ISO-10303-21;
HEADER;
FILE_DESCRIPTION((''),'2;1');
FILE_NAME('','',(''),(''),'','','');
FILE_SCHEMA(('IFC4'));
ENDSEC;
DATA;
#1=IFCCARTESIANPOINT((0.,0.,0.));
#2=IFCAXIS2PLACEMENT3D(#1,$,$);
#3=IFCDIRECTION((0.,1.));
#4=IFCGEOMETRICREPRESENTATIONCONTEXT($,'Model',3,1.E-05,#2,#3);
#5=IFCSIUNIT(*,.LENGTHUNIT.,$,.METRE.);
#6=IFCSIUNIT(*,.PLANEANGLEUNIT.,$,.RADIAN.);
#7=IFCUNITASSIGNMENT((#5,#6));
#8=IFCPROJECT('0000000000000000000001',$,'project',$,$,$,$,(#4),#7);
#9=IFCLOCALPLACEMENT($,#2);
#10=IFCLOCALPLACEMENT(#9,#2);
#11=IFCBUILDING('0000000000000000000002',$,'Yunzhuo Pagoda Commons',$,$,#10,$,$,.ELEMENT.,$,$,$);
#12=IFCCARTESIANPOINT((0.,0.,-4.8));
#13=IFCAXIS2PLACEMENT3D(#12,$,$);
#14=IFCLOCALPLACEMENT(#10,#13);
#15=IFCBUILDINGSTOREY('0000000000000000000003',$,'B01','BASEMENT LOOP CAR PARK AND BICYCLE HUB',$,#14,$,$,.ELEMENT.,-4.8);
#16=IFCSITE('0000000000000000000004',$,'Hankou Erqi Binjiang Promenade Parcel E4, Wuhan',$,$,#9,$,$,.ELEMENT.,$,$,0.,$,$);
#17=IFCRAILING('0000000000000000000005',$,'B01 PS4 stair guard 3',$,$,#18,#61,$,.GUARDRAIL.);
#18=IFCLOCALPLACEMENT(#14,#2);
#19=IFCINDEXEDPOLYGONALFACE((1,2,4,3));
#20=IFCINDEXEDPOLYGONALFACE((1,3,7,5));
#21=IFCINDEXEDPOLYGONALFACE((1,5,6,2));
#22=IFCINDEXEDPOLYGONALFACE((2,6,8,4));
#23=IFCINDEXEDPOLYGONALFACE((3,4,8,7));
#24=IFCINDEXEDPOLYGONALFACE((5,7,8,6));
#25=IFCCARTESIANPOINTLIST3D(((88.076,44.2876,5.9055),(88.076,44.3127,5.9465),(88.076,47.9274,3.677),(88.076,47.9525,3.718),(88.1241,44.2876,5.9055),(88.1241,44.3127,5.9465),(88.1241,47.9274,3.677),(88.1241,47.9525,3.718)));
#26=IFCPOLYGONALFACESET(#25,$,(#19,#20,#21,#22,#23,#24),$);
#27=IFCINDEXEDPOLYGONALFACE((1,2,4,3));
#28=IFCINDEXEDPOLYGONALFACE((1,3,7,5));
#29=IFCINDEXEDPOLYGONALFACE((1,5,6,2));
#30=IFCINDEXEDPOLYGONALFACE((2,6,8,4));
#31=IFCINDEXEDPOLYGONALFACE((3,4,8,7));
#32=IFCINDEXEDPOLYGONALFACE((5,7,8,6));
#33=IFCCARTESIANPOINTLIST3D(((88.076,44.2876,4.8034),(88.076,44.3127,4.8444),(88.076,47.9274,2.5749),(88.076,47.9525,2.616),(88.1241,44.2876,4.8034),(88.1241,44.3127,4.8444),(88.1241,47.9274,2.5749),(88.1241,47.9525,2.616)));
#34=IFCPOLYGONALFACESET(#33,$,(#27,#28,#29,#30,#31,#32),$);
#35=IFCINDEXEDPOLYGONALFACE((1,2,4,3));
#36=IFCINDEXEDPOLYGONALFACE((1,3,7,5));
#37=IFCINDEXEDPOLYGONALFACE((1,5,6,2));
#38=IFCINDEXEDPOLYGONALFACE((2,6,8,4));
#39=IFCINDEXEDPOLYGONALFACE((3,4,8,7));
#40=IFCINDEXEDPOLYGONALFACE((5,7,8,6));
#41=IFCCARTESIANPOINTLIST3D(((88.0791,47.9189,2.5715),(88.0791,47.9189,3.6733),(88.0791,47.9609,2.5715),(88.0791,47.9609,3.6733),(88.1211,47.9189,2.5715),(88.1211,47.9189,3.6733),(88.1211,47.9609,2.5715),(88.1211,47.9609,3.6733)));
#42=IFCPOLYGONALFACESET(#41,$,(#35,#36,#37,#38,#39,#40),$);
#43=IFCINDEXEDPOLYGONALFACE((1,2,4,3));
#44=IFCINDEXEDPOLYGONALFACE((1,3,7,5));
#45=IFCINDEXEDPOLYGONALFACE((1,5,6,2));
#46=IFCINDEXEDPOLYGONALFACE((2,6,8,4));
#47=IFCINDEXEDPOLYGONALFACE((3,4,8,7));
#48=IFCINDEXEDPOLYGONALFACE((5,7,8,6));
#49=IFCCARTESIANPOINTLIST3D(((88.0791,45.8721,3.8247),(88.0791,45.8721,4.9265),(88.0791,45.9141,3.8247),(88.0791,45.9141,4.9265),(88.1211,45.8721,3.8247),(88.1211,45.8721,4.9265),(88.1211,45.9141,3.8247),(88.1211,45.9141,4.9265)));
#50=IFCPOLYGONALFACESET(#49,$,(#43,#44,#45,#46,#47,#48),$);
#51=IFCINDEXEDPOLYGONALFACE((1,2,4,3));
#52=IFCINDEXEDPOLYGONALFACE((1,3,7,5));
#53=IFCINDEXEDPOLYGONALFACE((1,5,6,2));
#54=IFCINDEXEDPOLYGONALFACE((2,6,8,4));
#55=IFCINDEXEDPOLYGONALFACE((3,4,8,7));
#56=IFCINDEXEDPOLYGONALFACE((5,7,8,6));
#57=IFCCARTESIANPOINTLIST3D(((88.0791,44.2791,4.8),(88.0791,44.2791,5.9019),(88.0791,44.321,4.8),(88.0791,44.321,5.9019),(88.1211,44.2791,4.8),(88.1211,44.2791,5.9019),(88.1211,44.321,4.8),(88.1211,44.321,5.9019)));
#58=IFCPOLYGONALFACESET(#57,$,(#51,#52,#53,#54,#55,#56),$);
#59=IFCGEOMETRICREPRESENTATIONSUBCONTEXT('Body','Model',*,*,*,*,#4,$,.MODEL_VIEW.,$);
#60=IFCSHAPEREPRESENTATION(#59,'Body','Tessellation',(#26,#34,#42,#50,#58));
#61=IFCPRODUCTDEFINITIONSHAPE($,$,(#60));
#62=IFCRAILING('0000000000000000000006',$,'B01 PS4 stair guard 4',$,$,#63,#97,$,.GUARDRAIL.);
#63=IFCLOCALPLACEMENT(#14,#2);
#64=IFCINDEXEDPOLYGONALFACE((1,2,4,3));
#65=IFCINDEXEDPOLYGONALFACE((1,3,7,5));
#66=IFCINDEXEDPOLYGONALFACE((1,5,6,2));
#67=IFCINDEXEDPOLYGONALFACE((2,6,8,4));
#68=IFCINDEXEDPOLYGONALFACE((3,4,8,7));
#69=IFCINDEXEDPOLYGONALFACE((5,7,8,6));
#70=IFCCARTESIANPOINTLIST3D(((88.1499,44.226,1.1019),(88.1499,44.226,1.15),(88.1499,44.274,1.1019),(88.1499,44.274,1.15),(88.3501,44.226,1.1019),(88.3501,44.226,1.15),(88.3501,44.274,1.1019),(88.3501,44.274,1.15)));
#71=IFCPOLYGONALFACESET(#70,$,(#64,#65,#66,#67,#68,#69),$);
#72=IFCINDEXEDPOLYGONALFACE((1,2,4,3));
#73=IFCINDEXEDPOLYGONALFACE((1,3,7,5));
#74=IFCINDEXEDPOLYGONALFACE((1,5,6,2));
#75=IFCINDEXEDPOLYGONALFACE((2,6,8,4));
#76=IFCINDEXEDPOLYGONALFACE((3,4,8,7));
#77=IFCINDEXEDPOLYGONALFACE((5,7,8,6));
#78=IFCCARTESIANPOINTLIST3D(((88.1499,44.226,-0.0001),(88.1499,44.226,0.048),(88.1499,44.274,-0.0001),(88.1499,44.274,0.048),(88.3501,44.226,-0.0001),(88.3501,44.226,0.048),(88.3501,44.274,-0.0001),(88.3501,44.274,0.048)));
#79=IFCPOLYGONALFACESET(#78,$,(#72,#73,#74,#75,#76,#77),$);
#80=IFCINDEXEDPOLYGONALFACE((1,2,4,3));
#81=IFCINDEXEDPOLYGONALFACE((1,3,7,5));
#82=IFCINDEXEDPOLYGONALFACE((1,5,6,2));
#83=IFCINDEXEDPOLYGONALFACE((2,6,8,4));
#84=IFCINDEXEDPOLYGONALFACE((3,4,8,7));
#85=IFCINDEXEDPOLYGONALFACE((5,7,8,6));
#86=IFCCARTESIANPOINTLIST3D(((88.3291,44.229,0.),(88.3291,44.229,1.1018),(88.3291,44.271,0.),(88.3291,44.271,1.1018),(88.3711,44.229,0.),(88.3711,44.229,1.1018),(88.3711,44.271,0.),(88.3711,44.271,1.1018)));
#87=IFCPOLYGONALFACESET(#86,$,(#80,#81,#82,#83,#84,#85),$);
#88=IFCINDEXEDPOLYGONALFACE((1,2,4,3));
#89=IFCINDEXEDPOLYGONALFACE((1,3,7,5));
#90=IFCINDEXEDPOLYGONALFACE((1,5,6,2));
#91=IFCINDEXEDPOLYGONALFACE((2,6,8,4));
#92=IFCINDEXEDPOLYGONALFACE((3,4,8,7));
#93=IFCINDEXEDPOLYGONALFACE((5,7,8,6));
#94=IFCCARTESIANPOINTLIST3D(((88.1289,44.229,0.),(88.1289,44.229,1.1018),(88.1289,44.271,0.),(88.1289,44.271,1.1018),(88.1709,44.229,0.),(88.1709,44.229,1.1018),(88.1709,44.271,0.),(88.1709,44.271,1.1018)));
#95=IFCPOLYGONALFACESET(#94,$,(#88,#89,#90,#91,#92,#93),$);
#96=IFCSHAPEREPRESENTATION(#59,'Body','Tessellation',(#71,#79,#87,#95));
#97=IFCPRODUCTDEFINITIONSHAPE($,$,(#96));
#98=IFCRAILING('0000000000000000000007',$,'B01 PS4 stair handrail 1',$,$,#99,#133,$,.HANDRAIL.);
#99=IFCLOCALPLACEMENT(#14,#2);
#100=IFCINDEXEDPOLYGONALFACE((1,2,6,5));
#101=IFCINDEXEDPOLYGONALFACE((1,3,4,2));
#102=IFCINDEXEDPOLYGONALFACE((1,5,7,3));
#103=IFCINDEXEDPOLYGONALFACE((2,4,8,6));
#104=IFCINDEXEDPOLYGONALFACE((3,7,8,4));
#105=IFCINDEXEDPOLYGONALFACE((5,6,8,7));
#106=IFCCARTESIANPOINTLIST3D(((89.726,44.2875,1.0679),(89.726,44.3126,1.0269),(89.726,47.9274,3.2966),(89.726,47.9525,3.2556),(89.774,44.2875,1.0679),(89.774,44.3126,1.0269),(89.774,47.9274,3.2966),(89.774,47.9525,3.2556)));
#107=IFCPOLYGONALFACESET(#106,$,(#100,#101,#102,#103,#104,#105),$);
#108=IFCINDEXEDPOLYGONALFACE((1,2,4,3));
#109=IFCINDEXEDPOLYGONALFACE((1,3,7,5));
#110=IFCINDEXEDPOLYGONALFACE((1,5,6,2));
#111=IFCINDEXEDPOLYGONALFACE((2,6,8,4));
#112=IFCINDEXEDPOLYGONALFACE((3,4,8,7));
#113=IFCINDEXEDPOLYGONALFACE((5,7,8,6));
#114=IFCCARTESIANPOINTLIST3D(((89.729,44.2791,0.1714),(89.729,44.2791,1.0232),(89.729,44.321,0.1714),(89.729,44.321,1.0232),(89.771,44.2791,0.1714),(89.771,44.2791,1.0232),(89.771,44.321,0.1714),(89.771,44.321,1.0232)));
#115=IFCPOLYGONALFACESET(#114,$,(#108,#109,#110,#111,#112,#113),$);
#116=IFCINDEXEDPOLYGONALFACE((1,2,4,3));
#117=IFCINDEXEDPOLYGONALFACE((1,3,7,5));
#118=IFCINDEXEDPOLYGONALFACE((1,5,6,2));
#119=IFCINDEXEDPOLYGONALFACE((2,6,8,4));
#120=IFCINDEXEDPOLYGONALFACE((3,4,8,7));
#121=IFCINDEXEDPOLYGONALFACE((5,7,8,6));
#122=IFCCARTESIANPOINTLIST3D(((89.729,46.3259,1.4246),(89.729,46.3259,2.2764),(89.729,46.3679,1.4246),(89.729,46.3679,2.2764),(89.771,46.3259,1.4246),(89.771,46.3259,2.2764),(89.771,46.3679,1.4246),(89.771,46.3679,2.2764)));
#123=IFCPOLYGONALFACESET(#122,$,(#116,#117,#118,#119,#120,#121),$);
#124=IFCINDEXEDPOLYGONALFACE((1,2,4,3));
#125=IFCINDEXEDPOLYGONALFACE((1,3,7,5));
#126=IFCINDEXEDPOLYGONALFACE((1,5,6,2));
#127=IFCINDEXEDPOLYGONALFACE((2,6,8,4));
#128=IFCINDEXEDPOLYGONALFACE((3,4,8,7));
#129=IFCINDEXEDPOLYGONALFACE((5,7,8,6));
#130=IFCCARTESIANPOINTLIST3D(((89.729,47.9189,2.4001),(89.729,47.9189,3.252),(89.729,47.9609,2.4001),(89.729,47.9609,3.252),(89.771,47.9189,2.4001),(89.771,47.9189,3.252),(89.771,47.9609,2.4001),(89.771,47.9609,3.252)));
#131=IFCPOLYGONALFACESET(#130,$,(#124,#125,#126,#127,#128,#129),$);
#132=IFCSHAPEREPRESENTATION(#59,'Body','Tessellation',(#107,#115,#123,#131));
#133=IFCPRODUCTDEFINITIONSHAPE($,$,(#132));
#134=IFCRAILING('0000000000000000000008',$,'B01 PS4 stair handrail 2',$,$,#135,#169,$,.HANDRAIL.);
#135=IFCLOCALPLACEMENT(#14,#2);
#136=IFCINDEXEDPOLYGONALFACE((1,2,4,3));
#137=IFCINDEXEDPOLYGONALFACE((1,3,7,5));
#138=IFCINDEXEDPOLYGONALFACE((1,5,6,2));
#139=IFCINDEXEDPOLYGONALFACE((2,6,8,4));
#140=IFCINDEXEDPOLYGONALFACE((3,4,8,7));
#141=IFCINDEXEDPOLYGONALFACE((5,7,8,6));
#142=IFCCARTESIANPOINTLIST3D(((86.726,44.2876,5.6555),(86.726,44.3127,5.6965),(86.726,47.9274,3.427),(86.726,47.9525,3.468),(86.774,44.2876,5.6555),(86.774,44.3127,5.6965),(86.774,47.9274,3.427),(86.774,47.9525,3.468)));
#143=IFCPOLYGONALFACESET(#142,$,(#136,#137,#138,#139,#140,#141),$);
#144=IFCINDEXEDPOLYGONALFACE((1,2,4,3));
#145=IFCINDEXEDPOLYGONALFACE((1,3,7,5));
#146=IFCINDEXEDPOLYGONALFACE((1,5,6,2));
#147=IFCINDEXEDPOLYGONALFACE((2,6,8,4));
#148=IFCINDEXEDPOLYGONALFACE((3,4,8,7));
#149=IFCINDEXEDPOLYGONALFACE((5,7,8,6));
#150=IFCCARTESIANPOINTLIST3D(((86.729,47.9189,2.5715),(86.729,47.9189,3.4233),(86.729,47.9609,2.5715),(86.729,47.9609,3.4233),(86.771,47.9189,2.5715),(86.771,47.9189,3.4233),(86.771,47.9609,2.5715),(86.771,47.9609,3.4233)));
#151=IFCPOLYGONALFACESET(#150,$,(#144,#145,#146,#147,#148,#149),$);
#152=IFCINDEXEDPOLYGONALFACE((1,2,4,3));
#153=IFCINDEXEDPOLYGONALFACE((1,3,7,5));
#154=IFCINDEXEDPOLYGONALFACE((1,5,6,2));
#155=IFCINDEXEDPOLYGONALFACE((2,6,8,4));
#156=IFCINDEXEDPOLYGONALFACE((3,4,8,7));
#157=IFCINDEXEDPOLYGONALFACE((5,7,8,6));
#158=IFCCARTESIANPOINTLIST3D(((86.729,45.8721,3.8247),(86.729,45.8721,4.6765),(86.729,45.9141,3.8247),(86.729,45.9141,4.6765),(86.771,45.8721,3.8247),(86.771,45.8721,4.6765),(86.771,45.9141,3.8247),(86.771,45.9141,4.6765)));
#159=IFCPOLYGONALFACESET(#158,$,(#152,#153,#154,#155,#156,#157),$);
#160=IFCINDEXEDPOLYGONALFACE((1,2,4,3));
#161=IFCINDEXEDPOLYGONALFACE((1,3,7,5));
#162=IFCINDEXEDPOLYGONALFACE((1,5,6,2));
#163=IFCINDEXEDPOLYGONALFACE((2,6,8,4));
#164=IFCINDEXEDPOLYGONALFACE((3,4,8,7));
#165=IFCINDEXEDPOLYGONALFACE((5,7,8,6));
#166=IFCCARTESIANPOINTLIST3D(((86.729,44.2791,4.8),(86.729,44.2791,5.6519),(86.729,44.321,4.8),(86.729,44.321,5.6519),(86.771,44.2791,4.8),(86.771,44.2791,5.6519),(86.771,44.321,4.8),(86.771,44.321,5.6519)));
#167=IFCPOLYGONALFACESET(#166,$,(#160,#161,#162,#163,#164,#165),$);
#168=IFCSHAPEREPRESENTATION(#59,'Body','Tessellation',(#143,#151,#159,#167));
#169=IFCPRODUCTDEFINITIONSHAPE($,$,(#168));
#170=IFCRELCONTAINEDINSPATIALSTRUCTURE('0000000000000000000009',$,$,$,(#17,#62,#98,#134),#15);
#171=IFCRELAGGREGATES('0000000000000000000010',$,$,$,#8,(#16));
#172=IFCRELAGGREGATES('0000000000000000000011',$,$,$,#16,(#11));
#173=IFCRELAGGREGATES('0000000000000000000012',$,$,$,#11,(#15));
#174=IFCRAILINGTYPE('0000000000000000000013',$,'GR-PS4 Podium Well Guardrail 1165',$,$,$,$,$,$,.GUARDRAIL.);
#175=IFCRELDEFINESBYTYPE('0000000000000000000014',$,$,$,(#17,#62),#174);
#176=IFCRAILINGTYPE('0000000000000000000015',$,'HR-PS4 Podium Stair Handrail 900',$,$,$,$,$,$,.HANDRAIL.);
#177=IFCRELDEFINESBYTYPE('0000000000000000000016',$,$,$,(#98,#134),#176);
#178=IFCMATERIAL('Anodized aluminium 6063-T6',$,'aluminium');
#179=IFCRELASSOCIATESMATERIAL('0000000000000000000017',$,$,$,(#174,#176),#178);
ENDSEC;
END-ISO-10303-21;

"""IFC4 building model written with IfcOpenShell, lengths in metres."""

from ifc_helpers import new_model, si_unit, direction, frame, origin, origin_2d, place, context, subcontext, project, spatial, rectangle, extrude, material, type_object, element, save


model = new_model("IFC4")

# Units and contexts
model_context = context("Model", 3, precision=1e-05, world=origin(), true_north=direction((0.0, 1.0)))
body_context = subcontext(model_context, "Body", "Model", "MODEL_VIEW")
ifc_project = project(units=[si_unit("LENGTHUNIT", "METRE"), si_unit("PLANEANGLEUNIT", "RADIAN")], contexts=[model_context])

# Site, building, storey
site_placement = place(None, origin())
site = spatial("IfcSite", under=ifc_project, at=site_placement, Name="Hankou Erqi Binjiang Promenade Parcel E4, Wuhan", CompositionType="ELEMENT", RefElevation=0.0)
building_placement = place(site_placement, origin())
building = spatial("IfcBuilding", under=site, at=building_placement, Name="Yunzhuo Pagoda Commons", CompositionType="ELEMENT")
storey_placement = place(building_placement, frame((0.0, 0.0, -4.8)))
storey = spatial("IfcBuildingStorey", under=building, at=storey_placement, Name="B01", Description="BASEMENT LOOP CAR PARK AND BICYCLE HUB", CompositionType="ELEMENT", Elevation=-4.8)

# Railings
ifc_material_1 = material(Name="Anodized aluminium 6063-T6", Category="aluminium")
railing_type_1 = type_object("IfcRailingType", Name="GR-PS4 Podium Well Guardrail 1165", PredefinedType="GUARDRAIL", material=ifc_material_1)
railing_1_placement = place(storey_placement, frame((88.1001, 47.9399, 2.5715)))
element("IfcRailing", 1, at=railing_1_placement, inside=storey, type_object=railing_type_1, Name="B01 PS4 stair guard 3", PredefinedType="GUARDRAIL", context=body_context, shape_type="SweptSolid", body=[
    extrude(rectangle(XDim=0.0481, YDim=0.0481, at=origin_2d()), frame((0.0, 0.0, 1.126), z_axis=(0.0, -0.85285, 0.522156), x_axis=(1.0, 0.0, 0.0)), (0.0, 0.0, 1.0), 4.2678),
    extrude(rectangle(XDim=0.0481, YDim=0.0481, at=origin_2d()), frame((0.0, 0.0, 0.0239), z_axis=(0.0, -0.85285, 0.522156), x_axis=(1.0, 0.0, 0.0)), (0.0, 0.0, 1.0), 4.2678),
    extrude(rectangle(XDim=0.042, YDim=0.042, at=origin_2d()), origin(), (0.0, 0.0, 1.0), 1.1018),
    extrude(rectangle(XDim=0.042, YDim=0.042, at=origin_2d()), frame((0.0, -2.0469, 1.2532)), (0.0, 0.0, 1.0), 1.1018),
    extrude(rectangle(XDim=0.042, YDim=0.042, at=origin_2d()), frame((0.0, -3.6399, 2.2285)), (0.0, 0.0, 1.0), 1.1018),
])
railing_2_placement = place(storey_placement, frame((88.3501, 44.25, 0.0)))
element("IfcRailing", 2, at=railing_2_placement, inside=storey, type_object=railing_type_1, Name="B01 PS4 stair guard 4", PredefinedType="GUARDRAIL", context=body_context, shape_type="SweptSolid", body=[
    extrude(rectangle(XDim=0.0481, YDim=0.0481, at=origin_2d()), frame((0.0, 0.0, 1.126), z_axis=(-1.0, 0.0, 0.0), x_axis=(0.0, -1.0, 0.0)), (0.0, 0.0, 1.0), 0.2002),
    extrude(rectangle(XDim=0.0481, YDim=0.0481, at=origin_2d()), frame((0.0, 0.0, 0.0239), z_axis=(-1.0, 0.0, 0.0), x_axis=(0.0, -1.0, 0.0)), (0.0, 0.0, 1.0), 0.2002),
    extrude(rectangle(XDim=0.042, YDim=0.042, at=origin_2d()), origin(), (0.0, 0.0, 1.0), 1.1018),
    extrude(rectangle(XDim=0.042, YDim=0.042, at=origin_2d()), frame((-0.2002, 0.0, 0.0)), (0.0, 0.0, 1.0), 1.1018),
])
railing_type_2 = type_object("IfcRailingType", Name="HR-PS4 Podium Stair Handrail 900", PredefinedType="HANDRAIL", material=ifc_material_1)
railing_3_placement = place(storey_placement, frame((89.75, 44.3, 0.1714)))
element("IfcRailing", 3, at=railing_3_placement, inside=storey, type_object=railing_type_2, Name="B01 PS4 stair handrail 1", PredefinedType="HANDRAIL", context=body_context, shape_type="SweptSolid", body=[
    extrude(rectangle(XDim=0.0481, YDim=0.0481, at=origin_2d()), frame((0.0, 0.0, 0.876), z_axis=(0.0, 0.852825, 0.522197), x_axis=(-1.0, 0.0, 0.0)), (0.0, 0.0, 1.0), 4.2681),
    extrude(rectangle(XDim=0.042, YDim=0.042, at=origin_2d()), origin(), (0.0, 0.0, 1.0), 0.8518),
    extrude(rectangle(XDim=0.042, YDim=0.042, at=origin_2d()), frame((0.0, 2.0469, 1.2532)), (0.0, 0.0, 1.0), 0.8518),
    extrude(rectangle(XDim=0.042, YDim=0.042, at=origin_2d()), frame((0.0, 3.6399, 2.2288)), (0.0, 0.0, 1.0), 0.8518),
])
railing_4_placement = place(storey_placement, frame((86.75, 47.9399, 2.5715)))
element("IfcRailing", 4, at=railing_4_placement, inside=storey, type_object=railing_type_2, Name="B01 PS4 stair handrail 2", PredefinedType="HANDRAIL", context=body_context, shape_type="SweptSolid", body=[
    extrude(rectangle(XDim=0.0481, YDim=0.0481, at=origin_2d()), frame((0.0, 0.0, 0.876), z_axis=(0.0, -0.85285, 0.522156), x_axis=(1.0, 0.0, 0.0)), (0.0, 0.0, 1.0), 4.2678),
    extrude(rectangle(XDim=0.042, YDim=0.042, at=origin_2d()), origin(), (0.0, 0.0, 1.0), 0.8518),
    extrude(rectangle(XDim=0.042, YDim=0.042, at=origin_2d()), frame((0.0, -2.0469, 1.2532)), (0.0, 0.0, 1.0), 0.8518),
    extrude(rectangle(XDim=0.042, YDim=0.042, at=origin_2d()), frame((0.0, -3.6399, 2.2285)), (0.0, 0.0, 1.0), 0.8518),
])

save(model, "model.ifc")
